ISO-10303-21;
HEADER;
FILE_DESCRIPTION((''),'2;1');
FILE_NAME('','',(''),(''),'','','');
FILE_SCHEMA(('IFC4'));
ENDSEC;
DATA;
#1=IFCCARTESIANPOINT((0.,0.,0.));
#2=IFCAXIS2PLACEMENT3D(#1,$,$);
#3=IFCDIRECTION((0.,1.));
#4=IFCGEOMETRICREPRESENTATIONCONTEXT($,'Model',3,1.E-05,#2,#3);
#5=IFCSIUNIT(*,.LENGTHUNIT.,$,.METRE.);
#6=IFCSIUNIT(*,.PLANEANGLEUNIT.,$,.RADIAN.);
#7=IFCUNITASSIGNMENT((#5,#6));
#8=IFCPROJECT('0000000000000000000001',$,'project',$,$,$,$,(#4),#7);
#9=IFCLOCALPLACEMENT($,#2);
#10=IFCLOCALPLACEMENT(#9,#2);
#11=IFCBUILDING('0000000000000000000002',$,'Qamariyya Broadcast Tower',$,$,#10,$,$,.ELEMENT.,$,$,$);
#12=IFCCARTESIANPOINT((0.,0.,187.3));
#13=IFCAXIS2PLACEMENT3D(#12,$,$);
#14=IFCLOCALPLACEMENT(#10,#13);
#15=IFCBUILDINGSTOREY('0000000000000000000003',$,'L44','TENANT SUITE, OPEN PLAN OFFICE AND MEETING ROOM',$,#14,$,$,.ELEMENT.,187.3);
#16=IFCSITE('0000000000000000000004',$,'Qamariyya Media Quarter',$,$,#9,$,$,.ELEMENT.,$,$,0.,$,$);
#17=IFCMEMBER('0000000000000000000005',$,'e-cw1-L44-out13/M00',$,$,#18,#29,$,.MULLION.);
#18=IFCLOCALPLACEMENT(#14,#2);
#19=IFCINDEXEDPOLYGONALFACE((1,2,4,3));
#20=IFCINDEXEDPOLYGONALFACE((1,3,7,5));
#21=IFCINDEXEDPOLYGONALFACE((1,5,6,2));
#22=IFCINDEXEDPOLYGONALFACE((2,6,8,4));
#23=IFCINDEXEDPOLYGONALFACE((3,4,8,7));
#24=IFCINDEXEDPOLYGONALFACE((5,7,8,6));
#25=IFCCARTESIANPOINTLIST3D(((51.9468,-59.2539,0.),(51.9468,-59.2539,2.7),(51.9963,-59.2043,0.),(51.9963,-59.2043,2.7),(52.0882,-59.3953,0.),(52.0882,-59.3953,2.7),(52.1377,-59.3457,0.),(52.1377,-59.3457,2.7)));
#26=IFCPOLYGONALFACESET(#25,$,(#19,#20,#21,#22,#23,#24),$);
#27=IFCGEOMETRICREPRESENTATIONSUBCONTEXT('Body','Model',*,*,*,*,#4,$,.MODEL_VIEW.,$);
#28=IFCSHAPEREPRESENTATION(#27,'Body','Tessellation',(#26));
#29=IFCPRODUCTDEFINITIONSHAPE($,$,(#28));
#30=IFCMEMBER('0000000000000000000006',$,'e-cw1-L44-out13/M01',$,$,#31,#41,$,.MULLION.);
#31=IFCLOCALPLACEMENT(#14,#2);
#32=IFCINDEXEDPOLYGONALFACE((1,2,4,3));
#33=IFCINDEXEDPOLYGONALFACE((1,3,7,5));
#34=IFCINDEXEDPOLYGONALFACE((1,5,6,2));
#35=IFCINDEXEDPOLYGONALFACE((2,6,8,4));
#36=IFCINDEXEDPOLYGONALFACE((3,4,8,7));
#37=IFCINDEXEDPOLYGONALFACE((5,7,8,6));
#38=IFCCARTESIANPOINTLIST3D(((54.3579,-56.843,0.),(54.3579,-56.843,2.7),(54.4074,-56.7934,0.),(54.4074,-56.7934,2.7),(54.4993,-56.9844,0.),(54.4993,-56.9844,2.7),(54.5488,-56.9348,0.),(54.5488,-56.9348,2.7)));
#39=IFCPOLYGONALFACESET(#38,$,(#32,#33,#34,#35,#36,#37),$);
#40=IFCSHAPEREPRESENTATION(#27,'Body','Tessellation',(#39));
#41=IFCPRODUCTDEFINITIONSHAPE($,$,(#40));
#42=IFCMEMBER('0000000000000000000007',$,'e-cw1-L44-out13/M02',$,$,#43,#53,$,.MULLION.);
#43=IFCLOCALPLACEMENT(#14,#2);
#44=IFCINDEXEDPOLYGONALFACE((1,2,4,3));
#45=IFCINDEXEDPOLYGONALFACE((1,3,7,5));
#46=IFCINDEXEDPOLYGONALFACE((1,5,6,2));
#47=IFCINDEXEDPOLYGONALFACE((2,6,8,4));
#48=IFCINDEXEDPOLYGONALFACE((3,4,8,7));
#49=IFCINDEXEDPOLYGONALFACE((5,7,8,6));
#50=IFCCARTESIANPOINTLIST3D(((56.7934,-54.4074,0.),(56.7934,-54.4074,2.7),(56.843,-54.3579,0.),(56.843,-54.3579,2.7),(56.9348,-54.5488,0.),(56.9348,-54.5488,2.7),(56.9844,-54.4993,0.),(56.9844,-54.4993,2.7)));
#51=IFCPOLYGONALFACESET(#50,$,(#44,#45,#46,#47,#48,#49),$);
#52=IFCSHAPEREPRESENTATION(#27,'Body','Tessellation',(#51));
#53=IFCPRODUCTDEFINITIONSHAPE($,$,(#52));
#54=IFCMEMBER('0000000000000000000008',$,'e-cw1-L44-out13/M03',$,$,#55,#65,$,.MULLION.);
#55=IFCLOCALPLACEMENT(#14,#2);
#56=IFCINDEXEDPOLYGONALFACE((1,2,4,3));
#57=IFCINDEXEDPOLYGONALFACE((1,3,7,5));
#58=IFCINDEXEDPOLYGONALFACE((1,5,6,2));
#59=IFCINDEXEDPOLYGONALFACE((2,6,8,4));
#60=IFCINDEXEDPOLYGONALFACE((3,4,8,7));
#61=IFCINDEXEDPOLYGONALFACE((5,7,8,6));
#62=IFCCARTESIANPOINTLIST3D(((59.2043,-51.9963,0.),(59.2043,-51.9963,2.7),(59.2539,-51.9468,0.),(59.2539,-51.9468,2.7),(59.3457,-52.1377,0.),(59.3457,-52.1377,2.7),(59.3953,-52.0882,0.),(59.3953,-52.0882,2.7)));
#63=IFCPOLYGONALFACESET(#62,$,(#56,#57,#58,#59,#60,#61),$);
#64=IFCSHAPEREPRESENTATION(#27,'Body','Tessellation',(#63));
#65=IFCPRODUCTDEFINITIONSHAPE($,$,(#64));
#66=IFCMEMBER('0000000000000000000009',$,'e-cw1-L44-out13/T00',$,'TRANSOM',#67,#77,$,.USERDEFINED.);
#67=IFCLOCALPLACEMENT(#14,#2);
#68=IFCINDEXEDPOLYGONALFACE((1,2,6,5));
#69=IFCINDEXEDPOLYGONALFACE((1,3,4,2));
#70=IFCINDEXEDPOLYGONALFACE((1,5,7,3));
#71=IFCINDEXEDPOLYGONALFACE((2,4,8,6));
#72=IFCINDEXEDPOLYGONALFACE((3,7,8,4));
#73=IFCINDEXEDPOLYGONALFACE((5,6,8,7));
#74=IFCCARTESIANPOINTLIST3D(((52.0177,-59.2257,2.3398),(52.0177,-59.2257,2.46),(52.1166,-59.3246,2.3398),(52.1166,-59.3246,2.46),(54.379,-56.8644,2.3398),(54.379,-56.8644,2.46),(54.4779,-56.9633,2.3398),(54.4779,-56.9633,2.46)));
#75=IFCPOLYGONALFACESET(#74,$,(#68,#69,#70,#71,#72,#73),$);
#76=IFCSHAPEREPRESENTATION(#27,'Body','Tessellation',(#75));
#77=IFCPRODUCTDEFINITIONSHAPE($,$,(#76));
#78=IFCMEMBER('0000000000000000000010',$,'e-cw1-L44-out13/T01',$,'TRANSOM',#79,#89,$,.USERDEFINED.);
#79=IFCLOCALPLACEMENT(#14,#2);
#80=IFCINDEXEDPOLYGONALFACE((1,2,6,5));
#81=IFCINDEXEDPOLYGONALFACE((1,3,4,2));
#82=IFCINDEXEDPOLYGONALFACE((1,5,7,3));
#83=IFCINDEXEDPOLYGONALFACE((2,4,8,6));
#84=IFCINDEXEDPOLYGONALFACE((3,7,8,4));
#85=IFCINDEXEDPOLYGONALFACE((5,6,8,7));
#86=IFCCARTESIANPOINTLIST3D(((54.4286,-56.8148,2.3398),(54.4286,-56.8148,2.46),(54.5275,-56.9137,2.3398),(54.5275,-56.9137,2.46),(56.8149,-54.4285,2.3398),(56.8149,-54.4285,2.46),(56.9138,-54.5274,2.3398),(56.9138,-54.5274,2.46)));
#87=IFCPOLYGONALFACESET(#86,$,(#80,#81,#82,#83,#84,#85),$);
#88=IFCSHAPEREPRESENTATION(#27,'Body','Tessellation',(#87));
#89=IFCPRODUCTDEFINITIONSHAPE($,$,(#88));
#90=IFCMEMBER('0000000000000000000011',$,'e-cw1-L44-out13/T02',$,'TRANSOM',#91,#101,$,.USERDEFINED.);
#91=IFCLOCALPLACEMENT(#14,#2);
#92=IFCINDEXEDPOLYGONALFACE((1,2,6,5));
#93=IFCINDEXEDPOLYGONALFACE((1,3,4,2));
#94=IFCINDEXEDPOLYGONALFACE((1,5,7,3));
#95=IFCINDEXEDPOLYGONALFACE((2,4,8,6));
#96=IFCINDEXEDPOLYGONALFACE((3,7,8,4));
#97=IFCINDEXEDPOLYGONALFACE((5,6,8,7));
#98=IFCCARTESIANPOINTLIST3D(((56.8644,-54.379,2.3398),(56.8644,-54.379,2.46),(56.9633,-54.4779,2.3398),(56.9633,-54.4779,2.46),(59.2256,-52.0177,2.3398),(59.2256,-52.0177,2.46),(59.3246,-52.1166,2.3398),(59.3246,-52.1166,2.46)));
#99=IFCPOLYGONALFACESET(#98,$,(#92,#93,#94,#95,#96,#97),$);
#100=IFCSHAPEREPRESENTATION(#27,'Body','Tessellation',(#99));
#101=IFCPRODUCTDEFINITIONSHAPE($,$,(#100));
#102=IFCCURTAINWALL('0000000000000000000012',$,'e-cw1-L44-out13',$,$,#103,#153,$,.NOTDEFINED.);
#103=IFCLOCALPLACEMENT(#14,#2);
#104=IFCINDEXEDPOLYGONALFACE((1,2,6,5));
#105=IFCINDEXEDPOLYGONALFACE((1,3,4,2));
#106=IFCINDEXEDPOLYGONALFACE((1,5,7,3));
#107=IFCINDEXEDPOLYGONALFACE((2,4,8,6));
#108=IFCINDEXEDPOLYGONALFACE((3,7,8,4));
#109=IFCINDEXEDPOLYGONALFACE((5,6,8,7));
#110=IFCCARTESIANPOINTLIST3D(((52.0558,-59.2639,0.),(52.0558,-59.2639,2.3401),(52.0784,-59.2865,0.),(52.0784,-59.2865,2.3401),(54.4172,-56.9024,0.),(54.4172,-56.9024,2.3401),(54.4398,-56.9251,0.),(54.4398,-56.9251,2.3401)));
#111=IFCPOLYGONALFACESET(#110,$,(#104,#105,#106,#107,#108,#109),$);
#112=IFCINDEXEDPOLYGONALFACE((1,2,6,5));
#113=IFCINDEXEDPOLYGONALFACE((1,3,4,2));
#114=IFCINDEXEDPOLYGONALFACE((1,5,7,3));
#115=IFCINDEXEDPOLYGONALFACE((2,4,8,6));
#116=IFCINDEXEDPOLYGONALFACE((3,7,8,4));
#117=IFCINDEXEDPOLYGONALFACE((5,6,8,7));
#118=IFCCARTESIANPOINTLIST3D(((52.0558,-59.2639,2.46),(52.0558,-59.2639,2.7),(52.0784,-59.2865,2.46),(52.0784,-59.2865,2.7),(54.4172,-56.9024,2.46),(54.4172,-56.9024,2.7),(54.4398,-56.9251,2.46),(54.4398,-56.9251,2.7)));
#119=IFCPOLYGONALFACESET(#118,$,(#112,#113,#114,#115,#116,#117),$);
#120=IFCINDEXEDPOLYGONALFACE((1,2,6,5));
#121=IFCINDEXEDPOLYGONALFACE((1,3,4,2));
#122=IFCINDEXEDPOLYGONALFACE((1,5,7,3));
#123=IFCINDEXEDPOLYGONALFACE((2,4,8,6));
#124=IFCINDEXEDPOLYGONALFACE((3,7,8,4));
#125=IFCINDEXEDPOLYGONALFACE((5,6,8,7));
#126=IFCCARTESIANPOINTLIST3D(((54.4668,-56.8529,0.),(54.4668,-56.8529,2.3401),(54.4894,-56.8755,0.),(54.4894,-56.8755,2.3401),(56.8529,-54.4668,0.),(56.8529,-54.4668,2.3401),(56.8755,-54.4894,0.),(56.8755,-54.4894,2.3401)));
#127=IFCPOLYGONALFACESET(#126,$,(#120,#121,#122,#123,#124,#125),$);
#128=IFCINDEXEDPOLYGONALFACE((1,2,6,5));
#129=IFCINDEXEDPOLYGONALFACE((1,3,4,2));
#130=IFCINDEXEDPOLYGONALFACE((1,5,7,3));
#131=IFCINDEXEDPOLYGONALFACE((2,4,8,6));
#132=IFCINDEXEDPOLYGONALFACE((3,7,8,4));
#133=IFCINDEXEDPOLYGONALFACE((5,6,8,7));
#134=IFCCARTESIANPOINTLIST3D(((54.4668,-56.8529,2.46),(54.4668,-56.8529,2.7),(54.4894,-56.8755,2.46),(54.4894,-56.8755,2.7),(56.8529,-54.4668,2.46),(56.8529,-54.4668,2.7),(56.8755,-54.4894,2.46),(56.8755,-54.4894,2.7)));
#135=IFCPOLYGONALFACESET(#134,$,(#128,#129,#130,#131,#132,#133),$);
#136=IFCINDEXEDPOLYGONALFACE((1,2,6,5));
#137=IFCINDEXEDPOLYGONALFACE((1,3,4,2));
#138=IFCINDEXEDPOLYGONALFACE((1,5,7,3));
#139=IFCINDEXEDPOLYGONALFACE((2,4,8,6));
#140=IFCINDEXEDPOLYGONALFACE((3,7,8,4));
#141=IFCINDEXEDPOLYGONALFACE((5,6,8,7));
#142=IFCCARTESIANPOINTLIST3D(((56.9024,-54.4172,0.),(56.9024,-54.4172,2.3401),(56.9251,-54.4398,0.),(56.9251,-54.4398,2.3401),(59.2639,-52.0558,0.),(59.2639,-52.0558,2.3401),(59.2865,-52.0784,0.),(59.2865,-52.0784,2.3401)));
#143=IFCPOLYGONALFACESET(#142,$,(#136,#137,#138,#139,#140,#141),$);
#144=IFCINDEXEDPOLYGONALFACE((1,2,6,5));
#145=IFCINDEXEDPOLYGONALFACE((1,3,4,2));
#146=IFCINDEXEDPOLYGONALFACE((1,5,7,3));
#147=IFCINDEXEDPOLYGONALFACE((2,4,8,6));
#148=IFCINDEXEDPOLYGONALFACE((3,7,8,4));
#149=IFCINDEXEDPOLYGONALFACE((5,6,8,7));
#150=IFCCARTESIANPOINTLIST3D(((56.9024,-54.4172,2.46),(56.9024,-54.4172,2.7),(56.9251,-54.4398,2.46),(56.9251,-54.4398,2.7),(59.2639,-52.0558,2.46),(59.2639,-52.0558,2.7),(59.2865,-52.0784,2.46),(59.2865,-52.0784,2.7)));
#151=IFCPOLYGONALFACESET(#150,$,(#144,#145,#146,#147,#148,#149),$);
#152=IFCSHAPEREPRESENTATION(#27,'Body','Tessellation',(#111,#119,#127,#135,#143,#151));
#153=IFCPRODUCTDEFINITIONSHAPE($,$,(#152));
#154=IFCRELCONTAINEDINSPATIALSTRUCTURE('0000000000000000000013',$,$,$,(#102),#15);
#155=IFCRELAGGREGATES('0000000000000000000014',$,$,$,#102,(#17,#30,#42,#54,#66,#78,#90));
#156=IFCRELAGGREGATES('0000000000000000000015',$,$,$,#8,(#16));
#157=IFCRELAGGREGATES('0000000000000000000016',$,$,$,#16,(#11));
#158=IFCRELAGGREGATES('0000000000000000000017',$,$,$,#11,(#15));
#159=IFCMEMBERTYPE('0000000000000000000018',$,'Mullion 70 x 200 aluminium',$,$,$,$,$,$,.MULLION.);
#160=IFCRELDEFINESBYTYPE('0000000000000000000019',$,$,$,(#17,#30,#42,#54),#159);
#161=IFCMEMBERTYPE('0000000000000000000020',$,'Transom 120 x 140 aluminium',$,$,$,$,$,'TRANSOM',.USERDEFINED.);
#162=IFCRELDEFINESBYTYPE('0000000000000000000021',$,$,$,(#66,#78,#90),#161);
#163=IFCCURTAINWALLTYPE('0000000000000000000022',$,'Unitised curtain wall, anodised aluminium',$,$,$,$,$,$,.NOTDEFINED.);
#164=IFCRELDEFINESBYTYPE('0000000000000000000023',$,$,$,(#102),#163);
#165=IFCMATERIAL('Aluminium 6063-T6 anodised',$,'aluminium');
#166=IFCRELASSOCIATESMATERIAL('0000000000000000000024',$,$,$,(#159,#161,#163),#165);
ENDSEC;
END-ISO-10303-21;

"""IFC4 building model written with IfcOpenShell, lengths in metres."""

from ifc_helpers import new_model, si_unit, direction, frame, origin, origin_2d, place, context, subcontext, project, spatial, rectangle, extrude, material, material_profile, profile_set, type_object, element, aggregate, save


model = new_model("IFC4")

# Units and contexts
model_context = context("Model", 3, precision=1e-05, world=origin(), true_north=direction((0.0, 1.0)))
body_context = subcontext(model_context, "Body", "Model", "MODEL_VIEW")
ifc_project = project(units=[si_unit("LENGTHUNIT", "METRE"), si_unit("PLANEANGLEUNIT", "RADIAN")], contexts=[model_context])

# Members
ifc_material_1 = material(Name="Aluminium 6063-T6 anodised", Category="aluminium")
ifc_material_profile_1 = material_profile(ifc_material_1, rectangle(XDim=0.2, YDim=0.0701, at=origin_2d()))
ifc_profile_set_1 = profile_set([ifc_material_profile_1], Name="Aluminium 6063-T6 anodised")
member_type_1 = type_object("IfcMemberType", Name="Mullion 70 x 200 aluminium", PredefinedType="MULLION", material=ifc_profile_set_1)
site_placement = place(None, origin())
building_placement = place(site_placement, origin())
storey_placement = place(building_placement, frame((0.0, 0.0, 187.3)))
member_1_placement = place(storey_placement, frame((52.0422, -59.2998, 0.0), z_axis=(0.0, 0.0, 1.0), x_axis=(-0.707107, 0.707107, 0.0)))
member_1 = element("IfcMember", 1, at=member_1_placement, type_object=member_type_1, Name="e-cw1-L44-out13/M00", PredefinedType="MULLION", context=body_context, shape_type="SweptSolid", body=[
    extrude(rectangle(XDim=0.2, YDim=0.0701, at=origin_2d()), origin(), (0.0, 0.0, 1.0), 2.7),
])
member_2_placement = place(storey_placement, frame((54.4534, -56.8889, 0.0), z_axis=(0.0, 0.0, 1.0), x_axis=(-0.707107, 0.707107, 0.0)))
member_2 = element("IfcMember", 2, at=member_2_placement, type_object=member_type_1, Name="e-cw1-L44-out13/M01", PredefinedType="MULLION", context=body_context, shape_type="SweptSolid", body=[
    extrude(rectangle(XDim=0.2, YDim=0.0701, at=origin_2d()), origin(), (0.0, 0.0, 1.0), 2.7),
])
member_3_placement = place(storey_placement, frame((56.8889, -54.4534, 0.0), z_axis=(0.0, 0.0, 1.0), x_axis=(-0.707107, 0.707107, 0.0)))
member_3 = element("IfcMember", 3, at=member_3_placement, type_object=member_type_1, Name="e-cw1-L44-out13/M02", PredefinedType="MULLION", context=body_context, shape_type="SweptSolid", body=[
    extrude(rectangle(XDim=0.2, YDim=0.0701, at=origin_2d()), origin(), (0.0, 0.0, 1.0), 2.7),
])
member_4_placement = place(storey_placement, frame((59.2998, -52.0422, 0.0), z_axis=(0.0, 0.0, 1.0), x_axis=(-0.707107, 0.707107, 0.0)))
member_4 = element("IfcMember", 4, at=member_4_placement, type_object=member_type_1, Name="e-cw1-L44-out13/M03", PredefinedType="MULLION", context=body_context, shape_type="SweptSolid", body=[
    extrude(rectangle(XDim=0.2, YDim=0.0701, at=origin_2d()), origin(), (0.0, 0.0, 1.0), 2.7),
])
ifc_material_profile_2 = material_profile(ifc_material_1, rectangle(XDim=0.1399, YDim=0.1201, at=origin_2d()))
ifc_profile_set_2 = profile_set([ifc_material_profile_2], Name="Aluminium 6063-T6 anodised")
member_type_2 = type_object("IfcMemberType", Name="Transom 120 x 140 aluminium", ElementType="TRANSOM", PredefinedType="USERDEFINED", material=ifc_profile_set_2)
member_5_placement = place(storey_placement, frame((52.0671, -59.2751, 2.3999), z_axis=(0.707107, 0.707107, 0.0), x_axis=(-0.707107, 0.707107, 0.0)))
member_5 = element("IfcMember", 5, at=member_5_placement, type_object=member_type_2, Name="e-cw1-L44-out13/T00", ObjectType="TRANSOM", PredefinedType="USERDEFINED", context=body_context, shape_type="SweptSolid", body=[
    extrude(rectangle(XDim=0.1399, YDim=0.1201, at=origin_2d()), origin(), (0.0, 0.0, 1.0), 3.3394),
])
member_6_placement = place(storey_placement, frame((54.478, -56.8643, 2.3999), z_axis=(0.707107, 0.707107, 0.0), x_axis=(-0.707107, 0.707107, 0.0)))
member_6 = element("IfcMember", 6, at=member_6_placement, type_object=member_type_2, Name="e-cw1-L44-out13/T01", ObjectType="TRANSOM", PredefinedType="USERDEFINED", context=body_context, shape_type="SweptSolid", body=[
    extrude(rectangle(XDim=0.1399, YDim=0.1201, at=origin_2d()), origin(), (0.0, 0.0, 1.0), 3.3748),
])
member_7_placement = place(storey_placement, frame((56.9138, -54.4285, 2.3999), z_axis=(0.707107, 0.707107, 0.0), x_axis=(-0.707107, 0.707107, 0.0)))
member_7 = element("IfcMember", 7, at=member_7_placement, type_object=member_type_2, Name="e-cw1-L44-out13/T02", ObjectType="TRANSOM", PredefinedType="USERDEFINED", context=body_context, shape_type="SweptSolid", body=[
    extrude(rectangle(XDim=0.1399, YDim=0.1201, at=origin_2d()), origin(), (0.0, 0.0, 1.0), 3.3394),
])

# Site, building, storey
site = spatial("IfcSite", under=ifc_project, at=site_placement, Name="Qamariyya Media Quarter", CompositionType="ELEMENT", RefElevation=0.0)
building = spatial("IfcBuilding", under=site, at=building_placement, Name="Qamariyya Broadcast Tower", CompositionType="ELEMENT")
storey = spatial("IfcBuildingStorey", under=building, at=storey_placement, Name="L44", Description="TENANT SUITE, OPEN PLAN OFFICE AND MEETING ROOM", CompositionType="ELEMENT", Elevation=187.3)

# Curtain wall
curtain_wall_type = type_object("IfcCurtainWallType", Name="Unitised curtain wall, anodised aluminium", PredefinedType="NOTDEFINED", material=ifc_material_1)
curtain_wall_1_placement = place(storey_placement, origin())
curtain_wall_1 = element("IfcCurtainWall", 8, at=curtain_wall_1_placement, inside=storey, type_object=curtain_wall_type, Name="e-cw1-L44-out13", PredefinedType="NOTDEFINED", context=body_context, shape_type="SweptSolid", body=[
    extrude(rectangle(XDim=3.3396, YDim=0.032, at=origin_2d()), frame((53.2478, -58.0945, 0.0), x_axis=(0.707107, 0.707107, 0.0)), (0.0, 0.0, 1.0), 2.3401),
    extrude(rectangle(XDim=3.3396, YDim=0.032, at=origin_2d()), frame((53.2478, -58.0945, 2.46), x_axis=(0.707107, 0.707107, 0.0)), (0.0, 0.0, 1.0), 0.24),
    extrude(rectangle(XDim=3.3745, YDim=0.032, at=origin_2d()), frame((55.6711, -55.6711, 0.0), x_axis=(0.707107, 0.707107, 0.0)), (0.0, 0.0, 1.0), 2.3401),
    extrude(rectangle(XDim=3.3745, YDim=0.032, at=origin_2d()), frame((55.6711, -55.6711, 2.46), x_axis=(0.707107, 0.707107, 0.0)), (0.0, 0.0, 1.0), 0.24),
    extrude(rectangle(XDim=3.3396, YDim=0.032, at=origin_2d()), frame((58.0945, -53.2478, 0.0), x_axis=(0.707107, 0.707107, 0.0)), (0.0, 0.0, 1.0), 2.3401),
    extrude(rectangle(XDim=3.3396, YDim=0.032, at=origin_2d()), frame((58.0945, -53.2478, 2.46), x_axis=(0.707107, 0.707107, 0.0)), (0.0, 0.0, 1.0), 0.24),
])
aggregate(curtain_wall_1, [member_1, member_2, member_3, member_4, member_5, member_6, member_7])

save(model, "model.ifc")
